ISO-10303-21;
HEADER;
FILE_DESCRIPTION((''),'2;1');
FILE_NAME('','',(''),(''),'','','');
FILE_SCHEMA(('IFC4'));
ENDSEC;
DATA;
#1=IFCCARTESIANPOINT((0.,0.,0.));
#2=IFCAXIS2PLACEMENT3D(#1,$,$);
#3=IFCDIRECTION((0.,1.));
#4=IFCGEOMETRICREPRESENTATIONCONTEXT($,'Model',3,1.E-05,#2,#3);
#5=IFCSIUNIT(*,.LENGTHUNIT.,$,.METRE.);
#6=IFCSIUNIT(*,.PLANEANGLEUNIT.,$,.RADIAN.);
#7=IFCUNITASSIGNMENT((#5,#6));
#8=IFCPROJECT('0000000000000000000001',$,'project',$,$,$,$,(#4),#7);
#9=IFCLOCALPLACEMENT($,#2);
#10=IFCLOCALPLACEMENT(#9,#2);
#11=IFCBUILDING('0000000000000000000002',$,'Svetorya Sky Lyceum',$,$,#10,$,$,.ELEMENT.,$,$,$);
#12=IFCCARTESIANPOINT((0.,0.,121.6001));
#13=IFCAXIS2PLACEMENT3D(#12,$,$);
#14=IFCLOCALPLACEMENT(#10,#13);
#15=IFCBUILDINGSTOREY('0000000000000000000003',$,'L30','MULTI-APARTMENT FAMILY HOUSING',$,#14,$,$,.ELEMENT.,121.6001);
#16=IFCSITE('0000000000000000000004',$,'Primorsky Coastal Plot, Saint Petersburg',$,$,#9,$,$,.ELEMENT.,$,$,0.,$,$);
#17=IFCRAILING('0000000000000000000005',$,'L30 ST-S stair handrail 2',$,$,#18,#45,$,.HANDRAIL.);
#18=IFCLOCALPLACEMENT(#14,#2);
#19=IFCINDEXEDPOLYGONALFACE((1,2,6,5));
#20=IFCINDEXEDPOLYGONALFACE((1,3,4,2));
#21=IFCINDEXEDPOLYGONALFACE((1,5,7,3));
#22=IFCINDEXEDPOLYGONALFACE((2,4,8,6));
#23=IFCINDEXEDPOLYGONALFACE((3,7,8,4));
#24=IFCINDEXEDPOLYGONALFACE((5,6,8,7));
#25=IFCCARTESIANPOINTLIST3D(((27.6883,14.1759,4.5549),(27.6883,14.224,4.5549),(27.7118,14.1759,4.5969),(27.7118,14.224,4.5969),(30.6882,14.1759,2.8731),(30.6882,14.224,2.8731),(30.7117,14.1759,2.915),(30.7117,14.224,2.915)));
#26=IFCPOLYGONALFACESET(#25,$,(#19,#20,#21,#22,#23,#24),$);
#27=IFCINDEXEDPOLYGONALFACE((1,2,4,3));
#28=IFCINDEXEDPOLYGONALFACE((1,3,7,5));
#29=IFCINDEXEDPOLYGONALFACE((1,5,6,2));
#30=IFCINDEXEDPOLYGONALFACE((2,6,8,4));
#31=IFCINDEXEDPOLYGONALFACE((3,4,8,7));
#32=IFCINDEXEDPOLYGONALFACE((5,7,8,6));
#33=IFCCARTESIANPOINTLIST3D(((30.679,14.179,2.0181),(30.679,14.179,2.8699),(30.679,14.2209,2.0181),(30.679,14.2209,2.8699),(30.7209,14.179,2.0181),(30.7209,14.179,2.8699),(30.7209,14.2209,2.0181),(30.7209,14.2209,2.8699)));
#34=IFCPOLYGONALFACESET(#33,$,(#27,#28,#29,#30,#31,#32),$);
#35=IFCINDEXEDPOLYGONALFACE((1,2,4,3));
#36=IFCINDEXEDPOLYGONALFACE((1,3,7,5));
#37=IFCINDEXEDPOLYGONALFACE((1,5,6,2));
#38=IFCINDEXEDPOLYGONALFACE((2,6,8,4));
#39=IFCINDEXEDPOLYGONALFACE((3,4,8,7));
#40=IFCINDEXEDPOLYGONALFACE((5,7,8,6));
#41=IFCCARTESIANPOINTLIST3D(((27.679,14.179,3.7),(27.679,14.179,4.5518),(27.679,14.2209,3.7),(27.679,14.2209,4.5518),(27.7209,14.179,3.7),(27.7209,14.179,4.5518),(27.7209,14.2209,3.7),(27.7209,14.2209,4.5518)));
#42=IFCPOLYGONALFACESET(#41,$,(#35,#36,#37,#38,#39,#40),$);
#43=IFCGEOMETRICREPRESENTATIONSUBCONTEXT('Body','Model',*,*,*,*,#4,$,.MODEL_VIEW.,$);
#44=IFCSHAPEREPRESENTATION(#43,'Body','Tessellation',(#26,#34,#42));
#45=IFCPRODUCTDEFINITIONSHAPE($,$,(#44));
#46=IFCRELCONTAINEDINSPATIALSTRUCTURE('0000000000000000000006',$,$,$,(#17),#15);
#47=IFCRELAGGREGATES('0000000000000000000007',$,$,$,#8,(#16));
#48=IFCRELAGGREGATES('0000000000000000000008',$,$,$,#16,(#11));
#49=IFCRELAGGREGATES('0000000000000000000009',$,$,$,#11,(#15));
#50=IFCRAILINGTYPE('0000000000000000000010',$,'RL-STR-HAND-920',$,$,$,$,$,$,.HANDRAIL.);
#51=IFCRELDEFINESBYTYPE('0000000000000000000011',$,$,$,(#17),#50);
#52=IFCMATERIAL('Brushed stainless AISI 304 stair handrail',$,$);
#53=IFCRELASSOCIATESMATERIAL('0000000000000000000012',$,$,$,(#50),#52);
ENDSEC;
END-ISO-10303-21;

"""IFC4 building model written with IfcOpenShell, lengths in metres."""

from ifc_helpers import new_model, si_unit, direction, frame, origin, origin_2d, place, context, subcontext, project, spatial, rectangle, extrude, material, type_object, element, save


model = new_model("IFC4")

# Units and contexts
model_context = context("Model", 3, precision=1e-05, world=origin(), true_north=direction((0.0, 1.0)))
body_context = subcontext(model_context, "Body", "Model", "MODEL_VIEW")
ifc_project = project(units=[si_unit("LENGTHUNIT", "METRE"), si_unit("PLANEANGLEUNIT", "RADIAN")], contexts=[model_context])

# Site, building, storey
site_placement = place(None, origin())
site = spatial("IfcSite", under=ifc_project, at=site_placement, Name="Primorsky Coastal Plot, Saint Petersburg", CompositionType="ELEMENT", RefElevation=0.0)
building_placement = place(site_placement, origin())
building = spatial("IfcBuilding", under=site, at=building_placement, Name="Svetorya Sky Lyceum", CompositionType="ELEMENT")
storey_placement = place(building_placement, frame((0.0, 0.0, 121.6001)))
storey = spatial("IfcBuildingStorey", under=building, at=storey_placement, Name="L30", Description="MULTI-APARTMENT FAMILY HOUSING", CompositionType="ELEMENT", Elevation=121.6001)

# Railing
ifc_material_1 = material(Name="Brushed stainless AISI 304 stair handrail")
railing_type_1 = type_object("IfcRailingType", Name="RL-STR-HAND-920", PredefinedType="HANDRAIL", material=ifc_material_1)
railing_1_placement = place(storey_placement, frame((30.7, 14.2, 2.0181)))
element("IfcRailing", 1, at=railing_1_placement, inside=storey, type_object=railing_type_1, Name="L30 ST-S stair handrail 2", PredefinedType="HANDRAIL", context=body_context, shape_type="SweptSolid", body=[
    extrude(rectangle(XDim=0.0481, YDim=0.0481, at=origin_2d()), frame((0.0, 0.0, 0.876), z_axis=(-0.872272, 0.0, 0.48902), x_axis=(0.0, -1.0, 0.0)), (0.0, 0.0, 1.0), 3.4392),
    extrude(rectangle(XDim=0.042, YDim=0.042, at=origin_2d()), origin(), (0.0, 0.0, 1.0), 0.8518),
    extrude(rectangle(XDim=0.042, YDim=0.042, at=origin_2d()), frame((-3.0, 0.0, 1.6819)), (0.0, 0.0, 1.0), 0.8518),
])

save(model, "model.ifc")
